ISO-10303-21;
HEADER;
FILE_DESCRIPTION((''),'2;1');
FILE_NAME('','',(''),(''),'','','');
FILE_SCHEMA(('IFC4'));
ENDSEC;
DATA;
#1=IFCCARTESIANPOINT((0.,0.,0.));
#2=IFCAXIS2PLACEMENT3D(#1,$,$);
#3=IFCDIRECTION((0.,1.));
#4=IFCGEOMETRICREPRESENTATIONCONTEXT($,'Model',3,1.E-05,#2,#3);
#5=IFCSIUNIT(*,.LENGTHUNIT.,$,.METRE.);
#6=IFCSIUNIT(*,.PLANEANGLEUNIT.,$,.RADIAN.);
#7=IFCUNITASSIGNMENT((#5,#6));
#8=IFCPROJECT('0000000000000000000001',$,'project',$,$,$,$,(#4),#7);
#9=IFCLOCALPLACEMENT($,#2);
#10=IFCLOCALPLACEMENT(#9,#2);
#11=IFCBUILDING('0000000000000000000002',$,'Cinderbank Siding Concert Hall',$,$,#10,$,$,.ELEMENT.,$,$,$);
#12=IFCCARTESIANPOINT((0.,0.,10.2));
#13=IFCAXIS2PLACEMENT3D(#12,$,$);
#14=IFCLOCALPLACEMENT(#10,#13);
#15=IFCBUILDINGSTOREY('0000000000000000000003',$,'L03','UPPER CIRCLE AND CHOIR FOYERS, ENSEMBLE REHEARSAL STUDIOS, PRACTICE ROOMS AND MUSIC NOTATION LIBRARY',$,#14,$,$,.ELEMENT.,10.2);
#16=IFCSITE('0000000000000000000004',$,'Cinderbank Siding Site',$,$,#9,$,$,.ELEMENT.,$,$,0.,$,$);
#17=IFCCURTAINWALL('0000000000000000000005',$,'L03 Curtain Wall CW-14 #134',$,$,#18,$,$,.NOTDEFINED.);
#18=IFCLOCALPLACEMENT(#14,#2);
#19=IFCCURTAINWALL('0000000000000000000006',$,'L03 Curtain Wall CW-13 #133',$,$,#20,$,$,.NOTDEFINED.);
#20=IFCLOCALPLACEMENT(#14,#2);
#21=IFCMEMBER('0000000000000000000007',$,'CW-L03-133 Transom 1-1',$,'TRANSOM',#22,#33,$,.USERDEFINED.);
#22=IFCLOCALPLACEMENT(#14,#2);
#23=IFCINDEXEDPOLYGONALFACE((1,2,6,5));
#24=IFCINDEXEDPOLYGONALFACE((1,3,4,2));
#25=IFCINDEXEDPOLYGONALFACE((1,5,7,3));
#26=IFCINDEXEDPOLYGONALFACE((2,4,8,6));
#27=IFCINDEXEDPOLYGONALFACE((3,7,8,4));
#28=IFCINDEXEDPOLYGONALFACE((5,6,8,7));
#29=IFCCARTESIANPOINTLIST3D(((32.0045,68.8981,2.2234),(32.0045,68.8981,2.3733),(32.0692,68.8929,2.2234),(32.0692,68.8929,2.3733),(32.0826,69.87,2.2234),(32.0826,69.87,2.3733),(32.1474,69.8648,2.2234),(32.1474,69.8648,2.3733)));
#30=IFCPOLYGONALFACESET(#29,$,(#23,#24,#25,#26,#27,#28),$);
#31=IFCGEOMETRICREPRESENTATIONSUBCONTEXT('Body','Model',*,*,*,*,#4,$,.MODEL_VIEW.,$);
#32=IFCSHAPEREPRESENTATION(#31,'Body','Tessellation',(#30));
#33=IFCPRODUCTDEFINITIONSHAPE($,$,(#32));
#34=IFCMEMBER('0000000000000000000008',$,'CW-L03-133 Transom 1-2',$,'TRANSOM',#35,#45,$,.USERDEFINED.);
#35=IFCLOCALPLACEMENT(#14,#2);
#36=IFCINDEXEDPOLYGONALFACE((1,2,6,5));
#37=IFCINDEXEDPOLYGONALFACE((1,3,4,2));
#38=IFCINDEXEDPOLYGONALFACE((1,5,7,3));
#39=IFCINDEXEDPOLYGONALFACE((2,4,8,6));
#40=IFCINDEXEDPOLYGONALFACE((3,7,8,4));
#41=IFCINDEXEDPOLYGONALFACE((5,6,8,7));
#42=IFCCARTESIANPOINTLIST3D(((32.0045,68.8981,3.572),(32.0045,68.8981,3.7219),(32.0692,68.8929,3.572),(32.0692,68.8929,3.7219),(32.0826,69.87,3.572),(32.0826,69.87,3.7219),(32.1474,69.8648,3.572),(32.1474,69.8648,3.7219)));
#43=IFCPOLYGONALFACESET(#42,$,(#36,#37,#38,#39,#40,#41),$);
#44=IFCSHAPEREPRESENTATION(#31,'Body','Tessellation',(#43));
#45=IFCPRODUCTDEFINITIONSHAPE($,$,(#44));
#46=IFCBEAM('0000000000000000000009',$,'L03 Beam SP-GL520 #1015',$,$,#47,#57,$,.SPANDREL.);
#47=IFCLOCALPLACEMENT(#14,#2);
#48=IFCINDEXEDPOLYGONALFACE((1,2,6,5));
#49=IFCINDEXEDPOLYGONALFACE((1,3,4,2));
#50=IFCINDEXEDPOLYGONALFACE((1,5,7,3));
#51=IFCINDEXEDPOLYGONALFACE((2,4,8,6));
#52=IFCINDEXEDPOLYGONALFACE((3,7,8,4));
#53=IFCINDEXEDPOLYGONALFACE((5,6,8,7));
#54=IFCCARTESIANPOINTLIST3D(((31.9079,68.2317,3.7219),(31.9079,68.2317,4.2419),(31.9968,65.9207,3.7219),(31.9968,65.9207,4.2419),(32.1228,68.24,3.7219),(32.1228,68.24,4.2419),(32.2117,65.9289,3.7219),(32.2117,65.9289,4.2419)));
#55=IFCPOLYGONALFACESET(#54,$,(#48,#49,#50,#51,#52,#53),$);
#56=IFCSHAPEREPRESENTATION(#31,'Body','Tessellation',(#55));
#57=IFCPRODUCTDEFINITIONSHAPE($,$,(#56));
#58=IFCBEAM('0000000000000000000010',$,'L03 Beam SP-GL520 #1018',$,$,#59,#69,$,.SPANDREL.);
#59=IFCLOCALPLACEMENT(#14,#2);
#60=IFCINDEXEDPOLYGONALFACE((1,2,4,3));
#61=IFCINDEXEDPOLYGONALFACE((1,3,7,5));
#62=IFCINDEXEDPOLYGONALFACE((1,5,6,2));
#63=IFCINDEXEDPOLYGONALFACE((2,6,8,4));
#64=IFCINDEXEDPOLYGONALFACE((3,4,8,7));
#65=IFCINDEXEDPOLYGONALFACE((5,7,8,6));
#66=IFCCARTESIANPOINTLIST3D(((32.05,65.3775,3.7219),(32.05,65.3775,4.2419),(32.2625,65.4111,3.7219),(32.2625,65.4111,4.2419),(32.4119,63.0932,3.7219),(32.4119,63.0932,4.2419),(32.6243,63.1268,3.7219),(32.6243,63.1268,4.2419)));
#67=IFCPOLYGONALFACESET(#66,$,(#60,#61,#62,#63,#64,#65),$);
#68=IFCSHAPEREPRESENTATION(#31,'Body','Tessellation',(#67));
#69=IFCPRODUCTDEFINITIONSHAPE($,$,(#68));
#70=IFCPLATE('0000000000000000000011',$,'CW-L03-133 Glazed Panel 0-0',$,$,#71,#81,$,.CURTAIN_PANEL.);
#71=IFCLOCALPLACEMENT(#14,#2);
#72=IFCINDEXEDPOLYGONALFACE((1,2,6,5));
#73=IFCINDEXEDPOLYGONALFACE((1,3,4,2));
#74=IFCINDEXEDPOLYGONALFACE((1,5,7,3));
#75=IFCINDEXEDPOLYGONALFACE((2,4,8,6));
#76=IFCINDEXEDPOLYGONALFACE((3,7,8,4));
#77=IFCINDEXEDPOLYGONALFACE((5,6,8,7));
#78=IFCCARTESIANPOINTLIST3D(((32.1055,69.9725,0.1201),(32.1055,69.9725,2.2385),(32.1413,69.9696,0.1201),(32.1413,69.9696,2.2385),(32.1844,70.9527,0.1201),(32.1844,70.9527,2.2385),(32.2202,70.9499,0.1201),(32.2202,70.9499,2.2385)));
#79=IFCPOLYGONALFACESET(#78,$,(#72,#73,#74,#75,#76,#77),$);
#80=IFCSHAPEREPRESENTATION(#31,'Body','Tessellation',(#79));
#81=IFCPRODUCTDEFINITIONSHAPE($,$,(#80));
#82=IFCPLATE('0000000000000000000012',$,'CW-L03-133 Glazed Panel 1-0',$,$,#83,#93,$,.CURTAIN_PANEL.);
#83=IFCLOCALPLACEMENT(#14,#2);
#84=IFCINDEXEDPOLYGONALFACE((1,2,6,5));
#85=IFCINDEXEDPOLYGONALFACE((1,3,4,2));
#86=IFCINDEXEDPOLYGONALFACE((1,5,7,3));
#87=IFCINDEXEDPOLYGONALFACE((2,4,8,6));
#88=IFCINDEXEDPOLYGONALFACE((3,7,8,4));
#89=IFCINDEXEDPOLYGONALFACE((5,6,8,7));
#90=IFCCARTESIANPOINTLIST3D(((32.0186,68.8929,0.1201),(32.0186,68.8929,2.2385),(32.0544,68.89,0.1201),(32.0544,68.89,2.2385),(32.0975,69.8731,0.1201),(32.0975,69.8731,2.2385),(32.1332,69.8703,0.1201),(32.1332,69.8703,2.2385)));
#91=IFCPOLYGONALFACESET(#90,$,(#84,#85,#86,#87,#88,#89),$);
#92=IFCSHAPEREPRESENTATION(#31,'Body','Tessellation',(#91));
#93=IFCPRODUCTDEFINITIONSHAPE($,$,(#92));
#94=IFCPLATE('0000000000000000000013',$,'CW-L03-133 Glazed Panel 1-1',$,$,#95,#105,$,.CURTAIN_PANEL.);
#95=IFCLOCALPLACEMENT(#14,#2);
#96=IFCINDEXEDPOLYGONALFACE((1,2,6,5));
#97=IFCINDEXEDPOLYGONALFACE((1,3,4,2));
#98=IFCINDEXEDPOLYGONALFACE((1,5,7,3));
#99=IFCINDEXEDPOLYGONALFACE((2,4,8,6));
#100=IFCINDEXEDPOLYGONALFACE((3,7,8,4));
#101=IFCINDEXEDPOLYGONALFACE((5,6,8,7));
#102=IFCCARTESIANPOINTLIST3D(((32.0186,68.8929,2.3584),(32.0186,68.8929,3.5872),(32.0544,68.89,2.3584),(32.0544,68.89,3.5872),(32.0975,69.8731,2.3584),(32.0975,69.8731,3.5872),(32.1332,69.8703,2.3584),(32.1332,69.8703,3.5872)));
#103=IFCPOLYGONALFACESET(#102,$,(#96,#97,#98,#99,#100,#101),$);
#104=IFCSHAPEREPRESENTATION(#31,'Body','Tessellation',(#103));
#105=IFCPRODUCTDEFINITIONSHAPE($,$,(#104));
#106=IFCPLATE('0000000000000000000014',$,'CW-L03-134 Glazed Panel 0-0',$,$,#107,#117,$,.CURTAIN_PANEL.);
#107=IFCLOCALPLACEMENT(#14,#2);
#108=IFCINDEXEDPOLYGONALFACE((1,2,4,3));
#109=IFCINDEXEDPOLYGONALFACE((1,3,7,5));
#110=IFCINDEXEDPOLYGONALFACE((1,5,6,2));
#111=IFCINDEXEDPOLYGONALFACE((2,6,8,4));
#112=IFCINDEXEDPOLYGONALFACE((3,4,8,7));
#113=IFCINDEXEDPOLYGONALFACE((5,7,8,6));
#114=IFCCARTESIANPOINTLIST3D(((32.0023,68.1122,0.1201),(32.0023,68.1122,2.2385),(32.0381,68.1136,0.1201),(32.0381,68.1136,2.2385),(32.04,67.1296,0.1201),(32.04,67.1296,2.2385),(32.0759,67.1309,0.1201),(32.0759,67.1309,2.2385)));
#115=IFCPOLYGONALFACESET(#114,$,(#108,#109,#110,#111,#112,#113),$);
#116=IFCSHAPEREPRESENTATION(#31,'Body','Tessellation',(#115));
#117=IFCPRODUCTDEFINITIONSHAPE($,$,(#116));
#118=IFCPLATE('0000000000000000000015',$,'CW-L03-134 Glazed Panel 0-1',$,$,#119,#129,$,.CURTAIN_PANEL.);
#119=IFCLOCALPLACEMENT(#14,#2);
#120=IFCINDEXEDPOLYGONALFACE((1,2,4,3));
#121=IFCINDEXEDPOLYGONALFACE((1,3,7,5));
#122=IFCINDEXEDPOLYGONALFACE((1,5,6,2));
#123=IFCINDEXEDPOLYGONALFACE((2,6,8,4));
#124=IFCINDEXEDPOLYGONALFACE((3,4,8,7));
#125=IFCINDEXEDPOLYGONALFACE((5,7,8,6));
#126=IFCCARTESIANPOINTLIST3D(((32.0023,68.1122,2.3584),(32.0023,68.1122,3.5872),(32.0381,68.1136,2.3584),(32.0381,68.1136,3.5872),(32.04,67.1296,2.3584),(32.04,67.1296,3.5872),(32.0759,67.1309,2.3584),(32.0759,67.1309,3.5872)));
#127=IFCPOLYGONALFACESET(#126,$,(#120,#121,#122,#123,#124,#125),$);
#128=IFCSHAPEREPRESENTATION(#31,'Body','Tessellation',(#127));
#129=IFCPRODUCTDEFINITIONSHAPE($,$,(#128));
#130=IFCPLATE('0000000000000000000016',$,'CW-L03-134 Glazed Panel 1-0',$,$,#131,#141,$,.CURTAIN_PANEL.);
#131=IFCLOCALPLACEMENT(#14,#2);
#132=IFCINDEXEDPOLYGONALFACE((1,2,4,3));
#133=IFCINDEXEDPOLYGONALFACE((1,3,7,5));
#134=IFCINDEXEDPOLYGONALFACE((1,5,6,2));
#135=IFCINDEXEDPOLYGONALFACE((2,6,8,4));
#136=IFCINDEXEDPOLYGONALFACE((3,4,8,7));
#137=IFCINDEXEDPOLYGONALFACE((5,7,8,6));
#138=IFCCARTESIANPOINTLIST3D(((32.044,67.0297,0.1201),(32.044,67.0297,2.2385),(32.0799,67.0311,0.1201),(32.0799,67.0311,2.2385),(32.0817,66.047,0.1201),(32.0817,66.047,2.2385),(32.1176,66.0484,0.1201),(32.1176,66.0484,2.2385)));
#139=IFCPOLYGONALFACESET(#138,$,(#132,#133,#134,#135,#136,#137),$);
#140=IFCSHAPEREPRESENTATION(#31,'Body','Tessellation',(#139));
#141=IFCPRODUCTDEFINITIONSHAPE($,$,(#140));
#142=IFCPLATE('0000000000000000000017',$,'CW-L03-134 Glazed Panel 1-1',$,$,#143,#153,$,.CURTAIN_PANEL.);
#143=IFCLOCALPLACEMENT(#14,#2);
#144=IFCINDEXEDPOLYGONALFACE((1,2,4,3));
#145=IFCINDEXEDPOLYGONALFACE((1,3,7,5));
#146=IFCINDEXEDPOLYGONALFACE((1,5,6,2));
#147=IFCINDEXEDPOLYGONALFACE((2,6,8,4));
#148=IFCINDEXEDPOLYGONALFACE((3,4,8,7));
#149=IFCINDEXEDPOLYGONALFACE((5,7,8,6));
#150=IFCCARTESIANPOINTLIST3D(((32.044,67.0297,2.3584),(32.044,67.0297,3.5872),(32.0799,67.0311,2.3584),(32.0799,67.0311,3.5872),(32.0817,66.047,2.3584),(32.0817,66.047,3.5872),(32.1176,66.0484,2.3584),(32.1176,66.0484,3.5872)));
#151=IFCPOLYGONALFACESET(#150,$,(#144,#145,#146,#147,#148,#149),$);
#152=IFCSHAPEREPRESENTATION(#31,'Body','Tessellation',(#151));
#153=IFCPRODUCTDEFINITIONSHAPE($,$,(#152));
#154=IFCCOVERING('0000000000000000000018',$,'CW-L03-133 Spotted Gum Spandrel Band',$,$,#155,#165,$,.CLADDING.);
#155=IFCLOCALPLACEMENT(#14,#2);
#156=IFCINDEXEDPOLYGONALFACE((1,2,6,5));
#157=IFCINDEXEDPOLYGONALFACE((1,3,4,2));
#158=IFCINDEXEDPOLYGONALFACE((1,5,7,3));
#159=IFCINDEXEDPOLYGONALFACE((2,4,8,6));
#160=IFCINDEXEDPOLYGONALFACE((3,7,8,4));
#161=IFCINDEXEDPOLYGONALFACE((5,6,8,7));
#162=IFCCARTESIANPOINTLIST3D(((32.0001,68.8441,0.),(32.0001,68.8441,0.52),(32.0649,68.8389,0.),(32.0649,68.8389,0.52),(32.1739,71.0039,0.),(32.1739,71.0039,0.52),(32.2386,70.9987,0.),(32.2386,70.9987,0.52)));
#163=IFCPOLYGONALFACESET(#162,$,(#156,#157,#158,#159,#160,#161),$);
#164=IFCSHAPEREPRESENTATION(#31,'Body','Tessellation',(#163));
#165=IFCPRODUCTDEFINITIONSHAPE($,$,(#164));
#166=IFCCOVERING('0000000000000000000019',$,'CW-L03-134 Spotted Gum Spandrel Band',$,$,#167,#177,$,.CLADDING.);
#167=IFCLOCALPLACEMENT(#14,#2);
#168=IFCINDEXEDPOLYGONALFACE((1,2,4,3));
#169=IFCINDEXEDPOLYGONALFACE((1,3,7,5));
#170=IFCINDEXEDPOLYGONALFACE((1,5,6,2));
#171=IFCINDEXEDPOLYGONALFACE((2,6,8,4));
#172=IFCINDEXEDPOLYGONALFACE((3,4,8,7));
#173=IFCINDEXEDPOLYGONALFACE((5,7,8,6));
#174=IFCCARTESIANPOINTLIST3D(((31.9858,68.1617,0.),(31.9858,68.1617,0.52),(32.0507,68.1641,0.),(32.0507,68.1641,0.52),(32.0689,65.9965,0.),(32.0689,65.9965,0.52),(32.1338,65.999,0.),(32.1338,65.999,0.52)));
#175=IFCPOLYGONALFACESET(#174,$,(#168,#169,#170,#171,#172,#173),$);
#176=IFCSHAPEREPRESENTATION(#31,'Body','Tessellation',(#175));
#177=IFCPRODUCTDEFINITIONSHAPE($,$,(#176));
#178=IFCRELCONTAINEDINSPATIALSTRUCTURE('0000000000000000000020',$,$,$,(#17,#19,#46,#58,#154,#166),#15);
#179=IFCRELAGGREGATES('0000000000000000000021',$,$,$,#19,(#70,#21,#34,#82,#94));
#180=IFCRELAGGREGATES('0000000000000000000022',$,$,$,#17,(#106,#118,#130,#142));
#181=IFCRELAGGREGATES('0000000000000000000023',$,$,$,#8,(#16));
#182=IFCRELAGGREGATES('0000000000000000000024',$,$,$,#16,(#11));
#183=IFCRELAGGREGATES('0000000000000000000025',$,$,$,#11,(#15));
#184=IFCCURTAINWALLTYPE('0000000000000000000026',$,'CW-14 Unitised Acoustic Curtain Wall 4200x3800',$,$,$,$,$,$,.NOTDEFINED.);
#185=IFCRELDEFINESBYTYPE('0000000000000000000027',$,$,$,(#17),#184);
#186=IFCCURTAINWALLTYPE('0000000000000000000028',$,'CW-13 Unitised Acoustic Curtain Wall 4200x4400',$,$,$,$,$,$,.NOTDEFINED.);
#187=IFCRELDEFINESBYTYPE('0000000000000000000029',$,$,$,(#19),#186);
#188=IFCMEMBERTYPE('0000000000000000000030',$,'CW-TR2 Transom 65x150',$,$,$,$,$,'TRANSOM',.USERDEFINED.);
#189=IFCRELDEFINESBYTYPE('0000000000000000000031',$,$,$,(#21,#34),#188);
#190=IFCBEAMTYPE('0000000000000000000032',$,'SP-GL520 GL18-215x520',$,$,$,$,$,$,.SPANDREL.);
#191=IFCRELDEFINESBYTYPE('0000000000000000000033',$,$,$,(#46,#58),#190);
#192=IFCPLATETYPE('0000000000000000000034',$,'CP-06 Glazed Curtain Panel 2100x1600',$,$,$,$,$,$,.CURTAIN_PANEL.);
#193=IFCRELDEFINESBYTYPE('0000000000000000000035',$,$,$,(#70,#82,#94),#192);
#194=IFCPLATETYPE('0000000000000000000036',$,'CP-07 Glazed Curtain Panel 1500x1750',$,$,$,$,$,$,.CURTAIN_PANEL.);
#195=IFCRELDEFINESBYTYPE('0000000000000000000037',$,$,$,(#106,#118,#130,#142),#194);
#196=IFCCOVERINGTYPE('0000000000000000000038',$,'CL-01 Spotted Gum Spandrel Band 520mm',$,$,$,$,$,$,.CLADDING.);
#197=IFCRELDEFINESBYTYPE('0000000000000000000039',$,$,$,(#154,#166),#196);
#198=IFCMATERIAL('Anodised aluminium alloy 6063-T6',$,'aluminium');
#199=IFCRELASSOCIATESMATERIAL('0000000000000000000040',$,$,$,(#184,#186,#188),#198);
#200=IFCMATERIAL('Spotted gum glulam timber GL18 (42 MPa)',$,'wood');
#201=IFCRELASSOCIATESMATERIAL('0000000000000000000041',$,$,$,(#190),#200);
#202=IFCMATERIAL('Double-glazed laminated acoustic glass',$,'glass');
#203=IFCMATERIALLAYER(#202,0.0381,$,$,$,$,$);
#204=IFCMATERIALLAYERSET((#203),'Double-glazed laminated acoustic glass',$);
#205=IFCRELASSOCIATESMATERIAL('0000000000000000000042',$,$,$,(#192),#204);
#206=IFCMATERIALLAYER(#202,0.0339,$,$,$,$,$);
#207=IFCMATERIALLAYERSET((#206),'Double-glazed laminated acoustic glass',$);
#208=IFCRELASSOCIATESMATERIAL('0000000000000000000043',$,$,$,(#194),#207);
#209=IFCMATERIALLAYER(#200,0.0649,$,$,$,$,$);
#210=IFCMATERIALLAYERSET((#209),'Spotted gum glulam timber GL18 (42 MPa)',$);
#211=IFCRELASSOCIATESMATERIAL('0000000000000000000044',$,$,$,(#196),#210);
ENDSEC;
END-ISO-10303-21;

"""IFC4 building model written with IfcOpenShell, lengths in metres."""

from ifc_helpers import new_model, si_unit, direction, frame, origin, origin_2d, place, context, subcontext, project, spatial, rectangle, extrude, material, layer, layer_set, material_profile, profile_set, type_object, element, aggregate, save


model = new_model("IFC4")

# Units and contexts
model_context = context("Model", 3, precision=1e-05, world=origin(), true_north=direction((0.0, 1.0)))
body_context = subcontext(model_context, "Body", "Model", "MODEL_VIEW")
ifc_project = project(units=[si_unit("LENGTHUNIT", "METRE"), si_unit("PLANEANGLEUNIT", "RADIAN")], contexts=[model_context])

# Site, building, storey
site_placement = place(None, origin())
site = spatial("IfcSite", under=ifc_project, at=site_placement, Name="Cinderbank Siding Site", CompositionType="ELEMENT", RefElevation=0.0)
building_placement = place(site_placement, origin())
building = spatial("IfcBuilding", under=site, at=building_placement, Name="Cinderbank Siding Concert Hall", CompositionType="ELEMENT")
storey_placement = place(building_placement, frame((0.0, 0.0, 10.2)))
storey = spatial("IfcBuildingStorey", under=building, at=storey_placement, Name="L03", Description="UPPER CIRCLE AND CHOIR FOYERS, ENSEMBLE REHEARSAL STUDIOS, PRACTICE ROOMS AND MUSIC NOTATION LIBRARY", CompositionType="ELEMENT", Elevation=10.2)

# Curtain walls
ifc_material_1 = material(Name="Anodised aluminium alloy 6063-T6", Category="aluminium")
curtain_wall_type_1 = type_object("IfcCurtainWallType", Name="CW-14 Unitised Acoustic Curtain Wall 4200x3800", PredefinedType="NOTDEFINED", material=ifc_material_1)
curtain_wall_1_placement = place(storey_placement, origin())
curtain_wall_1 = element("IfcCurtainWall", 1, at=curtain_wall_1_placement, inside=storey, type_object=curtain_wall_type_1, Name="L03 Curtain Wall CW-14 #134", PredefinedType="NOTDEFINED")
curtain_wall_type_2 = type_object("IfcCurtainWallType", Name="CW-13 Unitised Acoustic Curtain Wall 4200x4400", PredefinedType="NOTDEFINED", material=ifc_material_1)
curtain_wall_2_placement = place(storey_placement, origin())
curtain_wall_2 = element("IfcCurtainWall", 2, at=curtain_wall_2_placement, inside=storey, type_object=curtain_wall_type_2, Name="L03 Curtain Wall CW-13 #133", PredefinedType="NOTDEFINED")

# Members
ifc_material_profile_1 = material_profile(ifc_material_1, rectangle(XDim=0.0649, YDim=0.1499, at=origin_2d()), Name="ALU-TRAN-65x150", Category="LoadBearing")
ifc_profile_set_1 = profile_set([ifc_material_profile_1], Name="Anodised aluminium alloy 6063-T6")
member_type_1 = type_object("IfcMemberType", Name="CW-TR2 Transom 65x150", ElementType="TRANSOM", PredefinedType="USERDEFINED", material=ifc_profile_set_1)
member_1_placement = place(storey_placement, frame((32.115, 69.8674, 2.2983), z_axis=(-0.080123, -0.996785, 0.0), x_axis=(0.996785, -0.080123, 0.0)))
member_1 = element("IfcMember", 3, at=member_1_placement, type_object=member_type_1, Name="CW-L03-133 Transom 1-1", ObjectType="TRANSOM", PredefinedType="USERDEFINED", context=body_context, shape_type="SweptSolid", body=[
    extrude(rectangle(XDim=0.0649, YDim=0.1499, at=origin_2d()), origin(), (0.0, 0.0, 1.0), 0.9751),
])
member_2_placement = place(storey_placement, frame((32.115, 69.8674, 3.647), z_axis=(-0.080123, -0.996785, 0.0), x_axis=(0.996785, -0.080123, 0.0)))
member_2 = element("IfcMember", 4, at=member_2_placement, type_object=member_type_1, Name="CW-L03-133 Transom 1-2", ObjectType="TRANSOM", PredefinedType="USERDEFINED", context=body_context, shape_type="SweptSolid", body=[
    extrude(rectangle(XDim=0.0649, YDim=0.1499, at=origin_2d()), origin(), (0.0, 0.0, 1.0), 0.9751),
])

# Beams
ifc_material_2 = material(Name="Spotted gum glulam timber GL18 (42 MPa)", Category="wood")
ifc_material_profile_2 = material_profile(ifc_material_2, rectangle(XDim=0.2151, YDim=0.52, at=origin_2d()), Name="GL18-215x520", Category="LoadBearing")
ifc_profile_set_2 = profile_set([ifc_material_profile_2], Name="Spotted gum glulam timber GL18 (42 MPa)")
beam_type_1 = type_object("IfcBeamType", Name="SP-GL520 GL18-215x520", PredefinedType="SPANDREL", material=ifc_profile_set_2)
for number, where, z_axis, x_axis, name in (
    (5, (32.0154, 68.2358, 3.9819), (0.038425, -0.999261, 0.0), (0.999261, 0.038425, 0.0), "L03 Beam SP-GL520 #1015"),
    (6, (32.1562, 65.3943, 3.9819), (0.15645, -0.987686, 0.0), (0.987686, 0.15645, 0.0), "L03 Beam SP-GL520 #1018"),
):
    element("IfcBeam", number, at=place(storey_placement, frame(where, z_axis=z_axis, x_axis=x_axis)), inside=storey, type_object=beam_type_1, Name=name, PredefinedType="SPANDREL", context=body_context, shape_type="SweptSolid", body=[
        extrude(rectangle(XDim=0.2151, YDim=0.52, at=origin_2d()), origin(), (0.0, 0.0, 1.0), 2.3127),
    ])

# Plates
ifc_material_3 = material(Name="Double-glazed laminated acoustic glass", Category="glass")
ifc_layer_1 = layer(ifc_material_3, 0.0381)
ifc_layer_set_1 = layer_set([ifc_layer_1], Name="Double-glazed laminated acoustic glass")
plate_type_1 = type_object("IfcPlateType", Name="CP-06 Glazed Curtain Panel 2100x1600", PredefinedType="CURTAIN_PANEL", material=ifc_layer_set_1)
plate_1_placement = place(storey_placement, frame((32.1628, 70.4612, 0.1201), z_axis=(0.0, 0.0, 1.0), x_axis=(-0.080196, -0.996779, 0.0)))
plate_1 = element("IfcPlate", 7, at=plate_1_placement, type_object=plate_type_1, Name="CW-L03-133 Glazed Panel 0-0", PredefinedType="CURTAIN_PANEL", context=body_context, shape_type="SweptSolid", body=[
    extrude(rectangle(XDim=0.9834, YDim=0.0359, at=origin_2d()), origin(), (0.0, 0.0, 1.0), 2.1184),
])
plate_2_placement = place(storey_placement, frame((32.0759, 69.3816, 0.1201), z_axis=(0.0, 0.0, 1.0), x_axis=(-0.080196, -0.996779, 0.0)))
plate_2 = element("IfcPlate", 8, at=plate_2_placement, type_object=plate_type_1, Name="CW-L03-133 Glazed Panel 1-0", PredefinedType="CURTAIN_PANEL", context=body_context, shape_type="SweptSolid", body=[
    extrude(rectangle(XDim=0.9834, YDim=0.0359, at=origin_2d()), origin(), (0.0, 0.0, 1.0), 2.1184),
])
plate_3_placement = place(storey_placement, frame((32.0759, 69.3816, 2.3584), z_axis=(0.0, 0.0, 1.0), x_axis=(-0.080196, -0.996779, 0.0)))
plate_3 = element("IfcPlate", 9, at=plate_3_placement, type_object=plate_type_1, Name="CW-L03-133 Glazed Panel 1-1", PredefinedType="CURTAIN_PANEL", context=body_context, shape_type="SweptSolid", body=[
    extrude(rectangle(XDim=0.9834, YDim=0.0359, at=origin_2d()), origin(), (0.0, 0.0, 1.0), 1.2288),
])
aggregate(curtain_wall_2, [plate_1, member_1, member_2, plate_2, plate_3])
ifc_layer_2 = layer(ifc_material_3, 0.0339)
ifc_layer_set_2 = layer_set([ifc_layer_2], Name="Double-glazed laminated acoustic glass")
plate_type_2 = type_object("IfcPlateType", Name="CP-07 Glazed Curtain Panel 1500x1750", PredefinedType="CURTAIN_PANEL", material=ifc_layer_set_2)
plate_4_placement = place(storey_placement, frame((32.0391, 67.6216, 0.1201), z_axis=(0.0, 0.0, 1.0), x_axis=(0.03836, -0.999264, 0.0)))
plate_4 = element("IfcPlate", 10, at=plate_4_placement, type_object=plate_type_2, Name="CW-L03-134 Glazed Panel 0-0", PredefinedType="CURTAIN_PANEL", context=body_context, shape_type="SweptSolid", body=[
    extrude(rectangle(XDim=0.9834, YDim=0.0359, at=origin_2d()), origin(), (0.0, 0.0, 1.0), 2.1184),
])
plate_5_placement = place(storey_placement, frame((32.0391, 67.6216, 2.3584), z_axis=(0.0, 0.0, 1.0), x_axis=(0.03836, -0.999264, 0.0)))
plate_5 = element("IfcPlate", 11, at=plate_5_placement, type_object=plate_type_2, Name="CW-L03-134 Glazed Panel 0-1", PredefinedType="CURTAIN_PANEL", context=body_context, shape_type="SweptSolid", body=[
    extrude(rectangle(XDim=0.9834, YDim=0.0359, at=origin_2d()), origin(), (0.0, 0.0, 1.0), 1.2288),
])
plate_6_placement = place(storey_placement, frame((32.0808, 66.5391, 0.1201), z_axis=(0.0, 0.0, 1.0), x_axis=(0.03836, -0.999264, 0.0)))
plate_6 = element("IfcPlate", 12, at=plate_6_placement, type_object=plate_type_2, Name="CW-L03-134 Glazed Panel 1-0", PredefinedType="CURTAIN_PANEL", context=body_context, shape_type="SweptSolid", body=[
    extrude(rectangle(XDim=0.9834, YDim=0.0359, at=origin_2d()), origin(), (0.0, 0.0, 1.0), 2.1184),
])
plate_7_placement = place(storey_placement, frame((32.0808, 66.5391, 2.3584), z_axis=(0.0, 0.0, 1.0), x_axis=(0.03836, -0.999264, 0.0)))
plate_7 = element("IfcPlate", 13, at=plate_7_placement, type_object=plate_type_2, Name="CW-L03-134 Glazed Panel 1-1", PredefinedType="CURTAIN_PANEL", context=body_context, shape_type="SweptSolid", body=[
    extrude(rectangle(XDim=0.9834, YDim=0.0359, at=origin_2d()), origin(), (0.0, 0.0, 1.0), 1.2288),
])
aggregate(curtain_wall_1, [plate_4, plate_5, plate_6, plate_7])

# Coverings
ifc_layer_3 = layer(ifc_material_2, 0.0649)
ifc_layer_set_3 = layer_set([ifc_layer_3], Name="Spotted gum glulam timber GL18 (42 MPa)")
covering_type = type_object("IfcCoveringType", Name="CL-01 Spotted Gum Spandrel Band 520mm", PredefinedType="CLADDING", material=ifc_layer_set_3)
for number, where, z_axis, x_axis, name in (
    (14, (32.1194, 69.9214, 0.0), (0.0, 0.0, 1.0), (-0.080196, -0.996779, 0.0), "CW-L03-133 Spotted Gum Spandrel Band"),
    (15, (32.0598, 67.0803, 0.0), (0.0, 0.0, 1.0), (0.03836, -0.999264, 0.0), "CW-L03-134 Spotted Gum Spandrel Band"),
):
    element("IfcCovering", number, at=place(storey_placement, frame(where, z_axis=z_axis, x_axis=x_axis)), inside=storey, type_object=covering_type, Name=name, PredefinedType="CLADDING", context=body_context, shape_type="SweptSolid", body=[
        extrude(rectangle(XDim=2.1667, YDim=0.0649, at=origin_2d()), origin(), (0.0, 0.0, 1.0), 0.52),
    ])

save(model, "model.ifc")
